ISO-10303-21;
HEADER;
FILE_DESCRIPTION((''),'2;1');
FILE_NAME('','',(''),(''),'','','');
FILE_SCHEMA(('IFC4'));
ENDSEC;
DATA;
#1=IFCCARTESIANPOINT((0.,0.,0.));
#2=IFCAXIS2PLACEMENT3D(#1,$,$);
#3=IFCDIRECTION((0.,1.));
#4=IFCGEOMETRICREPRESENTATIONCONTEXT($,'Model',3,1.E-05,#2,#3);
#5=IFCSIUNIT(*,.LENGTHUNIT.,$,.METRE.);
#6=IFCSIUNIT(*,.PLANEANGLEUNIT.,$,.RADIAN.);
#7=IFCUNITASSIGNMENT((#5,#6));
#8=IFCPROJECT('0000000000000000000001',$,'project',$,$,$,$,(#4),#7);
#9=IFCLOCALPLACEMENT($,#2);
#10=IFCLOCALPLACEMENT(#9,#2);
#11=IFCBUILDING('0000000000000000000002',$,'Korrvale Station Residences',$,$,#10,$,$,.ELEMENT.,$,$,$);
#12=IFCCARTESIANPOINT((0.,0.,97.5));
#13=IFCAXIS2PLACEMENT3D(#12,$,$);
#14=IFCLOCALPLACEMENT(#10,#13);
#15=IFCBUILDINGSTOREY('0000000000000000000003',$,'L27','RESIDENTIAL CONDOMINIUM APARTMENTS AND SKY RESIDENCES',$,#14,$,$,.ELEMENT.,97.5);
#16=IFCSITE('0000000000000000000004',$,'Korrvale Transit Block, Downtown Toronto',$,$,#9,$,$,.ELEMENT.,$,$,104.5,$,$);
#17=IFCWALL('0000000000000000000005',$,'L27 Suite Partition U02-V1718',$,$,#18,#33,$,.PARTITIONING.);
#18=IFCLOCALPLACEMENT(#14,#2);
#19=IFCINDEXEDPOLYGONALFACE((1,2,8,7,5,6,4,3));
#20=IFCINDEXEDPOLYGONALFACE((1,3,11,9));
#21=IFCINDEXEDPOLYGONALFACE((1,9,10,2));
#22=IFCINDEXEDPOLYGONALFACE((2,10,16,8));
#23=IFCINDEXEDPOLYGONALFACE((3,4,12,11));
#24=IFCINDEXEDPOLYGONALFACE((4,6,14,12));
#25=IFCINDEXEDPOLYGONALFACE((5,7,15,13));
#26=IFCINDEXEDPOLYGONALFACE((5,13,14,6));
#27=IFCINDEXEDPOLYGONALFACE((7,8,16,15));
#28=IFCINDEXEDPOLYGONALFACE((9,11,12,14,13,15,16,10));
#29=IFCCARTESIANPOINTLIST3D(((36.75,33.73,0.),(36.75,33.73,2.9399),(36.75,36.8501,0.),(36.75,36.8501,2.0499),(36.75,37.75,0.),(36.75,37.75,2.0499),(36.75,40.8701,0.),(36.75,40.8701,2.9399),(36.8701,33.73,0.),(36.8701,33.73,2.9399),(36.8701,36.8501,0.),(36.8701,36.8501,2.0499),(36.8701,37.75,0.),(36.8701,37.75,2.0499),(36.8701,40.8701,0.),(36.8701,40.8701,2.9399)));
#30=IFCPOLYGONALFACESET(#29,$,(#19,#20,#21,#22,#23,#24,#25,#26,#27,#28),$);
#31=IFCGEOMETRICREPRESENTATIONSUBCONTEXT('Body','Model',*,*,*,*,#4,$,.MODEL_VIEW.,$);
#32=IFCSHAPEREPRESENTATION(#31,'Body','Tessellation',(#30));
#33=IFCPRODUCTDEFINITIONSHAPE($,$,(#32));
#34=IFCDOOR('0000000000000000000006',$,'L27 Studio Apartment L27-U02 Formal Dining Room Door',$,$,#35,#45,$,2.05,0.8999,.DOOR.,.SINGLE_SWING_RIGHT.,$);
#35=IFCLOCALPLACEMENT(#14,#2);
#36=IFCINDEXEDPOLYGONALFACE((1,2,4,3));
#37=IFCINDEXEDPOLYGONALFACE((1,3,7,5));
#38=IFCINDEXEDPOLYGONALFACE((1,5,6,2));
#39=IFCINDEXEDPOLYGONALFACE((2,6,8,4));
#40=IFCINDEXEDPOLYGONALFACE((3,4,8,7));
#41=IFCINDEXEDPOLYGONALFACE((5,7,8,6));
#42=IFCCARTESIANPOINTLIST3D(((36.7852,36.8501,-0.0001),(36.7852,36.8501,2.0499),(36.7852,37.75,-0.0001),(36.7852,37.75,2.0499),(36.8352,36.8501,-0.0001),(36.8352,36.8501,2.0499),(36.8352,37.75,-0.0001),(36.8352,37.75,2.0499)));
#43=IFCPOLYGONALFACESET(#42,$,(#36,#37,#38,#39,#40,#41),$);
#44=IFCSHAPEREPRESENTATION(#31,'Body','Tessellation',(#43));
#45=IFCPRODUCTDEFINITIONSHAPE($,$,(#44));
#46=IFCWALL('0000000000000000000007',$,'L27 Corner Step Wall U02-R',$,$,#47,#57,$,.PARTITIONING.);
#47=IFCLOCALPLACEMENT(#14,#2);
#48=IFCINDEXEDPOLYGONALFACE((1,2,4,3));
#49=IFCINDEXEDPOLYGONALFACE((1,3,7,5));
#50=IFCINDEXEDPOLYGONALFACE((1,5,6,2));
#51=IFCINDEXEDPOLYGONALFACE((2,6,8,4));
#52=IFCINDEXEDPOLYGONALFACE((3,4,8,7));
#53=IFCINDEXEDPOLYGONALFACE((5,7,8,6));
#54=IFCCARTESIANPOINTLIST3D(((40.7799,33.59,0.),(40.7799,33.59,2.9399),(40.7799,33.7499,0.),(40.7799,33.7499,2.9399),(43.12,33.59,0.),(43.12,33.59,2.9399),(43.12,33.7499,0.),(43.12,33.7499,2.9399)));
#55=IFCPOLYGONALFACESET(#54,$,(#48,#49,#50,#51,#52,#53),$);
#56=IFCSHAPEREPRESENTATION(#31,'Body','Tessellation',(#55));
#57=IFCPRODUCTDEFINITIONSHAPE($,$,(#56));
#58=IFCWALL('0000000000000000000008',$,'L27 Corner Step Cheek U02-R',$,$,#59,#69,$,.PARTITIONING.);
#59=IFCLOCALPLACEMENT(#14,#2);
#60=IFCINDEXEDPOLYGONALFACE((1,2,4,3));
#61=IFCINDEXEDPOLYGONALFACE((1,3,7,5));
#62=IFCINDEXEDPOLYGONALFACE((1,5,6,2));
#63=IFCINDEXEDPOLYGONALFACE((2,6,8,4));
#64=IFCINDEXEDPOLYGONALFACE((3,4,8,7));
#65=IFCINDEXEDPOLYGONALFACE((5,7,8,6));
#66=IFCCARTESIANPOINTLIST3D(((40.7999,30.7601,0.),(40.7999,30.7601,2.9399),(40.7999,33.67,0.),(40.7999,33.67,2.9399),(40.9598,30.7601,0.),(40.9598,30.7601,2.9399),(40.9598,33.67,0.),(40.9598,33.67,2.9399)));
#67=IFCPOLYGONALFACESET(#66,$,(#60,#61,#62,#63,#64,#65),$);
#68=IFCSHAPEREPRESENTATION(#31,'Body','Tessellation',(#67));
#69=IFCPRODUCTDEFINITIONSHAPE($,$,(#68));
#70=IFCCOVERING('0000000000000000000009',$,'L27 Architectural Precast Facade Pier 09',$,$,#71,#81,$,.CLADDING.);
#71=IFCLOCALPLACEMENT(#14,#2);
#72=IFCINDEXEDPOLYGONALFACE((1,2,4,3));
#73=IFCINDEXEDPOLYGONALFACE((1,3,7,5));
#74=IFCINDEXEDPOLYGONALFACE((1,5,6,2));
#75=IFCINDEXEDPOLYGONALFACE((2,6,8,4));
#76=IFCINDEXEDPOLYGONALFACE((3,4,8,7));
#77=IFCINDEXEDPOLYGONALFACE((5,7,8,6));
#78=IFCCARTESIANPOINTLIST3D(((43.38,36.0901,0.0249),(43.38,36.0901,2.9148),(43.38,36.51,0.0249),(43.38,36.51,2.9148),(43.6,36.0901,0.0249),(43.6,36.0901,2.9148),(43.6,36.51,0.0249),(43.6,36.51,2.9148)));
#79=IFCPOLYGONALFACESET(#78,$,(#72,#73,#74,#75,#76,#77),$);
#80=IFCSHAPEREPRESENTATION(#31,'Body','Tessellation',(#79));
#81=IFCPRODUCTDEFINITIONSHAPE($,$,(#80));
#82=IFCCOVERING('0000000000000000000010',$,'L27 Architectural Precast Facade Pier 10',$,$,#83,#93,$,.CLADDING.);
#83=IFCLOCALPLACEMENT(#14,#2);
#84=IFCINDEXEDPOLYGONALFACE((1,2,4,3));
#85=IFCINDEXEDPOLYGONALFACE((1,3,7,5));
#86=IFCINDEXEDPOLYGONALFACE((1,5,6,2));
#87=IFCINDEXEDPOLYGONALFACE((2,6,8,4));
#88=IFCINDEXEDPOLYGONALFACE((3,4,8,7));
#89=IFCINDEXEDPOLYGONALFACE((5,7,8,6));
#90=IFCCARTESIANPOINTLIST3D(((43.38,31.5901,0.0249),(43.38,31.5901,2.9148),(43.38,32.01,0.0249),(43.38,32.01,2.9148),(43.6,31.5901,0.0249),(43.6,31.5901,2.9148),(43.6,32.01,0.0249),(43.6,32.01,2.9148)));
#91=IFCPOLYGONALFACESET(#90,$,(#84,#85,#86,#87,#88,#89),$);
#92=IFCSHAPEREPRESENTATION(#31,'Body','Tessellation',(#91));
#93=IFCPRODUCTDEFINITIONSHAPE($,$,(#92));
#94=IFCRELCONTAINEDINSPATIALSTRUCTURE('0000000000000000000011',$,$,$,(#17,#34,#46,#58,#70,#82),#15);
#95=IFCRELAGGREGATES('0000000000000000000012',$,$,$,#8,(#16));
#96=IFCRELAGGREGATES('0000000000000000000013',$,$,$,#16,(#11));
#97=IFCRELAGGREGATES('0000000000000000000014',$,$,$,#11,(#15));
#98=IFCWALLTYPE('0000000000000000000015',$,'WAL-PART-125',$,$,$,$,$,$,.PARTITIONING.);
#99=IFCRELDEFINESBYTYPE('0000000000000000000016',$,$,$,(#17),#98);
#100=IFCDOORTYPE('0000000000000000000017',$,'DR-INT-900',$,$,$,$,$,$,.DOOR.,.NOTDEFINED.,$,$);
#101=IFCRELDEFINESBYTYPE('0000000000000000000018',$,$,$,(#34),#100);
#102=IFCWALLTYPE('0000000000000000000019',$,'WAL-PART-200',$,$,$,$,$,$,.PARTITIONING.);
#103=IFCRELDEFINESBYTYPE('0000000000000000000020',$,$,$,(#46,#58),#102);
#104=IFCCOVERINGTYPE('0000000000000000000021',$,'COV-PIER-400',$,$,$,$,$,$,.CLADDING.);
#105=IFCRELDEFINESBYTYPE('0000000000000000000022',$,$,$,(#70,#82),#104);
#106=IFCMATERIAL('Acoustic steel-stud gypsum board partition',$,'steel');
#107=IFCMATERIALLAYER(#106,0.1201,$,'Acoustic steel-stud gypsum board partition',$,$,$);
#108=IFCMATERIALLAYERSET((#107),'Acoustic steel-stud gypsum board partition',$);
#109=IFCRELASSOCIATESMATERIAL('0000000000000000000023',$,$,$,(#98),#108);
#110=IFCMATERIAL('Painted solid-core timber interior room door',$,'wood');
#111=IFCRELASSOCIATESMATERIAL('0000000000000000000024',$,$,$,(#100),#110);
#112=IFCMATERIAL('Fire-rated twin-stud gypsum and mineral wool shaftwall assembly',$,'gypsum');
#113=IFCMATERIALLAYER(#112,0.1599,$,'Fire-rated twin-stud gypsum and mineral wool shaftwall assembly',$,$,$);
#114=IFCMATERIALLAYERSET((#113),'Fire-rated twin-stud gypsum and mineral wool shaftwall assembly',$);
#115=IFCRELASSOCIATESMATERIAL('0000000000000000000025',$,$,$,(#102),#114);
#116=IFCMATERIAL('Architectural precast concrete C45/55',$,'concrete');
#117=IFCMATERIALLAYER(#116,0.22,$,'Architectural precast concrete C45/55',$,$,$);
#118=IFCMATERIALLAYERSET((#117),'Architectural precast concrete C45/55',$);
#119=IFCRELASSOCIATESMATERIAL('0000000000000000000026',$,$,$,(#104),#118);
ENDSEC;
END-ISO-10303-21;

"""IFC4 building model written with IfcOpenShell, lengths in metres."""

from ifc_helpers import new_model, si_unit, direction, frame, frame_2d, origin, origin_2d, place, context, subcontext, project, spatial, rectangle, extrude, material, layer, layer_set, type_object, element, fill, save


model = new_model("IFC4")

# Units and contexts
model_context = context("Model", 3, precision=1e-05, world=origin(), true_north=direction((0.0, 1.0)))
body_context = subcontext(model_context, "Body", "Model", "MODEL_VIEW")
ifc_project = project(units=[si_unit("LENGTHUNIT", "METRE"), si_unit("PLANEANGLEUNIT", "RADIAN")], contexts=[model_context])

# Site, building, storey
site_placement = place(None, origin())
site = spatial("IfcSite", under=ifc_project, at=site_placement, Name="Korrvale Transit Block, Downtown Toronto", CompositionType="ELEMENT", RefElevation=104.5)
building_placement = place(site_placement, origin())
building = spatial("IfcBuilding", under=site, at=building_placement, Name="Korrvale Station Residences", CompositionType="ELEMENT")
storey_placement = place(building_placement, frame((0.0, 0.0, 97.5)))
storey = spatial("IfcBuildingStorey", under=building, at=storey_placement, Name="L27", Description="RESIDENTIAL CONDOMINIUM APARTMENTS AND SKY RESIDENCES", CompositionType="ELEMENT", Elevation=97.5)

# Wall, opening, door
ifc_material_1 = material(Name="Acoustic steel-stud gypsum board partition", Category="steel")
ifc_layer_1 = layer(ifc_material_1, 0.1201, Name="Acoustic steel-stud gypsum board partition")
ifc_layer_set_1 = layer_set([ifc_layer_1], Name="Acoustic steel-stud gypsum board partition")
wall_type_1 = type_object("IfcWallType", Name="WAL-PART-125", PredefinedType="PARTITIONING", material=ifc_layer_set_1)
ifc_material_2 = material(Name="Painted solid-core timber interior room door", Category="wood")
door_type = type_object("IfcDoorType", Name="DR-INT-900", OperationType="NOTDEFINED", PredefinedType="DOOR", material=ifc_material_2)
wall_1_placement = place(storey_placement, frame((36.8101, 33.73, 0.0), z_axis=(0.0, 0.0, 1.0), x_axis=(0.0, 1.0, 0.0)))
wall_1 = element("IfcWall", 1, at=wall_1_placement, inside=storey, type_object=wall_type_1, Name="L27 Suite Partition U02-V1718", PredefinedType="PARTITIONING", context=body_context, shape_type="SweptSolid", body=[
    extrude(rectangle(XDim=7.1401, YDim=0.1201, at=frame_2d((3.5701, 0.0))), origin(), (0.0, 0.0, 1.0), 2.9399),
])
opening_1_placement = place(wall_1_placement, frame((3.1201, 0.0, 0.0)))
opening_1 = element("IfcOpeningElement", 2, at=opening_1_placement, cuts=wall_1, PredefinedType="OPENING", context=body_context, shape_type="SweptSolid", body=[
    extrude(rectangle(XDim=0.8999, YDim=2.05, at=frame_2d((0.45, 1.0249))), frame((0.0, 0.0701, 0.0), z_axis=(0.0, -1.0, 0.0), x_axis=(1.0, 0.0, 0.0)), (0.0, 0.0, 1.0), 0.1401),
])
door_1_placement = place(opening_1_placement, origin())
door_1 = element("IfcDoor", 3, at=door_1_placement, inside=storey, type_object=door_type, Name="L27 Studio Apartment L27-U02 Formal Dining Room Door", OperationType="SINGLE_SWING_RIGHT", OverallHeight=2.05, OverallWidth=0.8999, PredefinedType="DOOR", context=body_context, shape_type="SweptSolid", body=[
    extrude(rectangle(XDim=0.8999, YDim=2.05, at=frame_2d((0.45, 1.0249))), frame((0.0, 0.0249, 0.0), z_axis=(0.0, -1.0, 0.0), x_axis=(1.0, 0.0, 0.0)), (0.0, 0.0, 1.0), 0.05),
])
fill(opening_1, door_1)

# Walls
ifc_material_3 = material(Name="Fire-rated twin-stud gypsum and mineral wool shaftwall assembly", Category="gypsum")
ifc_layer_2 = layer(ifc_material_3, 0.1599, Name="Fire-rated twin-stud gypsum and mineral wool shaftwall assembly")
ifc_layer_set_2 = layer_set([ifc_layer_2], Name="Fire-rated twin-stud gypsum and mineral wool shaftwall assembly")
wall_type_2 = type_object("IfcWallType", Name="WAL-PART-200", PredefinedType="PARTITIONING", material=ifc_layer_set_2)
wall_2_placement = place(storey_placement, frame((40.78, 33.6699, 0.0), z_axis=(0.0, 0.0, 1.0), x_axis=(1.0, 0.0, 0.0)))
element("IfcWall", 4, at=wall_2_placement, inside=storey, type_object=wall_type_2, Name="L27 Corner Step Wall U02-R", PredefinedType="PARTITIONING", context=body_context, shape_type="SweptSolid", body=[
    extrude(rectangle(XDim=2.3401, YDim=0.1599, at=frame_2d((1.1699, 0.0))), origin(), (0.0, 0.0, 1.0), 2.9399),
])
wall_3_placement = place(storey_placement, frame((40.8799, 30.76, 0.0), z_axis=(0.0, 0.0, 1.0), x_axis=(0.0, 1.0, 0.0)))
element("IfcWall", 5, at=wall_3_placement, inside=storey, type_object=wall_type_2, Name="L27 Corner Step Cheek U02-R", PredefinedType="PARTITIONING", context=body_context, shape_type="SweptSolid", body=[
    extrude(rectangle(XDim=2.9099, YDim=0.1599, at=frame_2d((1.4551, 0.0))), origin(), (0.0, 0.0, 1.0), 2.9399),
])

# Coverings
ifc_material_4 = material(Name="Architectural precast concrete C45/55", Category="concrete")
ifc_layer_3 = layer(ifc_material_4, 0.22, Name="Architectural precast concrete C45/55")
ifc_layer_set_3 = layer_set([ifc_layer_3], Name="Architectural precast concrete C45/55")
covering_type = type_object("IfcCoveringType", Name="COV-PIER-400", PredefinedType="CLADDING", material=ifc_layer_set_3)
for number, where, z_axis, x_axis, name in (
    (6, (43.49, 36.3, 0.0249), (0.0, 0.0, 1.0), (0.0, 1.0, 0.0), "L27 Architectural Precast Facade Pier 09"),
    (7, (43.49, 31.8, 0.0249), (0.0, 0.0, 1.0), (0.0, 1.0, 0.0), "L27 Architectural Precast Facade Pier 10"),
):
    element("IfcCovering", number, at=place(storey_placement, frame(where, z_axis=z_axis, x_axis=x_axis)), inside=storey, type_object=covering_type, Name=name, PredefinedType="CLADDING", context=body_context, shape_type="SweptSolid", body=[
        extrude(rectangle(XDim=0.4199, YDim=0.22, at=origin_2d()), origin(), (0.0, 0.0, 1.0), 2.8899),
    ])

save(model, "model.ifc")
